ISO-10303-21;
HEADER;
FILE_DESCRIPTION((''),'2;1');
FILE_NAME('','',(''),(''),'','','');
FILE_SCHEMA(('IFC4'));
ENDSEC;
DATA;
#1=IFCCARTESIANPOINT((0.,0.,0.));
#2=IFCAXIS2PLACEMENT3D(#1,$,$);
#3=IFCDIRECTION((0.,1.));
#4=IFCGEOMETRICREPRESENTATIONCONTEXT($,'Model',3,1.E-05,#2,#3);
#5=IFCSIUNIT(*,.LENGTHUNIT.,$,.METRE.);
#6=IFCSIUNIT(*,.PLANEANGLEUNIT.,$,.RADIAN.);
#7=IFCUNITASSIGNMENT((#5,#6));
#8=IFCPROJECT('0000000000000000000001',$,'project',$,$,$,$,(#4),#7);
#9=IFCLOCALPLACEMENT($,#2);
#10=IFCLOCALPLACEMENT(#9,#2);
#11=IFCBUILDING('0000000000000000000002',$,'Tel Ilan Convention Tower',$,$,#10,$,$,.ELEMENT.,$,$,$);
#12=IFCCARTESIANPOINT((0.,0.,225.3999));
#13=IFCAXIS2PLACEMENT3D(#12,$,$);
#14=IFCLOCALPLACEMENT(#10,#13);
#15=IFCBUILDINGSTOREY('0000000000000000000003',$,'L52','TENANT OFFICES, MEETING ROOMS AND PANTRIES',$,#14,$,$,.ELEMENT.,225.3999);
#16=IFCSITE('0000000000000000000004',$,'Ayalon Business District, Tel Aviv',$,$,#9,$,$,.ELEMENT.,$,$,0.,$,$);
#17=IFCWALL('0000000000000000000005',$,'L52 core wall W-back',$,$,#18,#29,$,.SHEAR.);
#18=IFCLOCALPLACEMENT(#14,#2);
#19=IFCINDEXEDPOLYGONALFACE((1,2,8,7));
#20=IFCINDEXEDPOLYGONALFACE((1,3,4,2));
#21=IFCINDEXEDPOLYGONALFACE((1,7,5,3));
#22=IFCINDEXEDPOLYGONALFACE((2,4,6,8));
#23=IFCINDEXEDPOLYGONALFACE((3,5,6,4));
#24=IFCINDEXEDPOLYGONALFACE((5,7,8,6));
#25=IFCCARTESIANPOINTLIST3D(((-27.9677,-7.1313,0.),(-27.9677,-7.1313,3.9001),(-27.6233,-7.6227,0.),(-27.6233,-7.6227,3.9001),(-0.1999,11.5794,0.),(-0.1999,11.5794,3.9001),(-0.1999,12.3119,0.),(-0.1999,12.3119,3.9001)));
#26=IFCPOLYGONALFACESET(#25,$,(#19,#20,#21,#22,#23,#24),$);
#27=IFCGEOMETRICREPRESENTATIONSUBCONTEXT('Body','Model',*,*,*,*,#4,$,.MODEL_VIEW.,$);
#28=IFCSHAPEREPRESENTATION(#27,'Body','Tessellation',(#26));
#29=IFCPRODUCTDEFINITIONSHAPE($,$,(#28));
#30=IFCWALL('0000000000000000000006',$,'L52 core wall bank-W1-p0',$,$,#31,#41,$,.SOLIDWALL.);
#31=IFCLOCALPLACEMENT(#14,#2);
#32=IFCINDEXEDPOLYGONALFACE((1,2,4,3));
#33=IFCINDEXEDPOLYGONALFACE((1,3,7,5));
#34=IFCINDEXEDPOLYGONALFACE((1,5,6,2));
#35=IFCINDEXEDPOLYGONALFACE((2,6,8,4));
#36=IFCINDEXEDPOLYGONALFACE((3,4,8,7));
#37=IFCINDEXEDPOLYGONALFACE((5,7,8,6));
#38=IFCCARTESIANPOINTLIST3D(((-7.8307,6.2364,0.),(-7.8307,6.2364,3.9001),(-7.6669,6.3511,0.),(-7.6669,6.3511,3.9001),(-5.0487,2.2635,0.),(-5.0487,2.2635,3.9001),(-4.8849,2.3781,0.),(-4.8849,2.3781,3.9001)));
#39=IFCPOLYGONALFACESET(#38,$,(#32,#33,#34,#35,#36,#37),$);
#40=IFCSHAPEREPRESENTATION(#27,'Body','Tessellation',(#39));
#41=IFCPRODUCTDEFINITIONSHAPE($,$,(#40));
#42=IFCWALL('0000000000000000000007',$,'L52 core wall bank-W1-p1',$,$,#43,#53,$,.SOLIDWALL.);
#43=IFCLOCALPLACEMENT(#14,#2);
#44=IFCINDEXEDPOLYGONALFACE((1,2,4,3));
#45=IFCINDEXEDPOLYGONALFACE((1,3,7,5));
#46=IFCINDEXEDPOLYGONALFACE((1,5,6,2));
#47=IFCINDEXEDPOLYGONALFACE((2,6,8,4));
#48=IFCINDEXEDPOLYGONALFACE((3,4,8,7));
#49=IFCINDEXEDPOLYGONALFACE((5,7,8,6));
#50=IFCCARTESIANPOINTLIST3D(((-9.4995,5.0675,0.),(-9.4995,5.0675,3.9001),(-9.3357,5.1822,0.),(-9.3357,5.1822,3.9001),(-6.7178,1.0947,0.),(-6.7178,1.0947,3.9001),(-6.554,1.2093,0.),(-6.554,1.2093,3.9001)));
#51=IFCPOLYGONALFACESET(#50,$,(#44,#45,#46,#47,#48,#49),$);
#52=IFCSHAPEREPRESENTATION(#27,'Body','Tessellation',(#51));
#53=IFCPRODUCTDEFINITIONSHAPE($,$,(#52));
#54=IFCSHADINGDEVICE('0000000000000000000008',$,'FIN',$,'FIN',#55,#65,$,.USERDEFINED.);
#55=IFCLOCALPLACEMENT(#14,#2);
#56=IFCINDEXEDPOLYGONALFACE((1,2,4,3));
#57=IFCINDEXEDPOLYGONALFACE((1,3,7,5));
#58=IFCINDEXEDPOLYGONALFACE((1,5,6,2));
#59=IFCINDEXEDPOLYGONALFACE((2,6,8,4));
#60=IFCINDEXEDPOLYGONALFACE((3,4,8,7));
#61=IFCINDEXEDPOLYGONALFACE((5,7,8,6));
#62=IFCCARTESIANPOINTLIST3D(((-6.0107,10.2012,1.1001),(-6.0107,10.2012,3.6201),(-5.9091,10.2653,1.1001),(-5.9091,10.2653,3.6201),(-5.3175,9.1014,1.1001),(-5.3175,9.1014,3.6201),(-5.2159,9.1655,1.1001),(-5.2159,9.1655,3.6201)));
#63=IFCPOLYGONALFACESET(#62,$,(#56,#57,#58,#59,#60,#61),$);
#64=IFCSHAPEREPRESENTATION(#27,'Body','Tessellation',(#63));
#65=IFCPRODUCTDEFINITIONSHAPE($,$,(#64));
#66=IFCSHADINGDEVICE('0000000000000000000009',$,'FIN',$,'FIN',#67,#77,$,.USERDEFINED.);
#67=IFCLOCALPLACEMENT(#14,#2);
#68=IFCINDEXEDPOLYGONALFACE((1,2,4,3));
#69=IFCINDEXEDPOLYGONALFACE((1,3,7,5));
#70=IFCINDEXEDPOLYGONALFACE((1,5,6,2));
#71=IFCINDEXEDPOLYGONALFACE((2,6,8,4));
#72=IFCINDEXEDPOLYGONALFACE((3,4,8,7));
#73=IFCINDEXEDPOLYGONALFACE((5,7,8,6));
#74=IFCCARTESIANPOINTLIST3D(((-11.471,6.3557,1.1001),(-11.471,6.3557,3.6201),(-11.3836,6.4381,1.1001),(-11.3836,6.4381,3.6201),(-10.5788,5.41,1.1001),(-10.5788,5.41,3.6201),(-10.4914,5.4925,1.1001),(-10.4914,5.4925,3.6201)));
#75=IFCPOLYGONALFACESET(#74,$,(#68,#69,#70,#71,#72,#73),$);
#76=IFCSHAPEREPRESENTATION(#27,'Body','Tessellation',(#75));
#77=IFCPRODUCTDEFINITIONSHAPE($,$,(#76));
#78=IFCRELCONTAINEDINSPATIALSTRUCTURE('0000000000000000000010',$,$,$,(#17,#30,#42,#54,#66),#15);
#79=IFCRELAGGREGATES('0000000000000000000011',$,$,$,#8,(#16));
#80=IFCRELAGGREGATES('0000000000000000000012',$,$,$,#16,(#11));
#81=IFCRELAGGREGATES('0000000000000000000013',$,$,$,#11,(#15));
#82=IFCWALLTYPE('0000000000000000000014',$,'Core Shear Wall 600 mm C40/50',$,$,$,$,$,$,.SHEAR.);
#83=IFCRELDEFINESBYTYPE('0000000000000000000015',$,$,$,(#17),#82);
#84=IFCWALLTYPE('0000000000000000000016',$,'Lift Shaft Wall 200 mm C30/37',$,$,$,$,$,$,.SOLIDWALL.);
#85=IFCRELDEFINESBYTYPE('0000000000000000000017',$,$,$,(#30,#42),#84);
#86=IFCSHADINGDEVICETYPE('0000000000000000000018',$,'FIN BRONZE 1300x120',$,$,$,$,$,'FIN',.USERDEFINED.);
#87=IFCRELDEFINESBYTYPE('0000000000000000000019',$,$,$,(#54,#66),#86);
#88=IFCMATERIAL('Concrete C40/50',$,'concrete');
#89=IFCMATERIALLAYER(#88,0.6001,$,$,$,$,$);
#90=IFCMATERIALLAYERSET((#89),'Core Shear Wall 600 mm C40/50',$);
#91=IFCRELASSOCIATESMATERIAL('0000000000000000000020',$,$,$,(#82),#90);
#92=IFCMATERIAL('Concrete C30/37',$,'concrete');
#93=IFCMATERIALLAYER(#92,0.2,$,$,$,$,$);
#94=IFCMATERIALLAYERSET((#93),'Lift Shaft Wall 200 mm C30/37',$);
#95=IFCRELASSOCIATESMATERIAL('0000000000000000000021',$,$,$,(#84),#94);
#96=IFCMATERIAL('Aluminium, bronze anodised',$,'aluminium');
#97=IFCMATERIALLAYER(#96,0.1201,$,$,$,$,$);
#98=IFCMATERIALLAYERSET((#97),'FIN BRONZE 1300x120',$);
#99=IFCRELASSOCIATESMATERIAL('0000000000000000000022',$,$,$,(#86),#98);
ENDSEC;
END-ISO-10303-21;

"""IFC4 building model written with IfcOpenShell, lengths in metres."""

from ifc_helpers import new_model, si_unit, direction, frame, frame_2d, origin, origin_2d, place, context, subcontext, project, spatial, polyline, rectangle, outline, extrude, material, layer, layer_set, type_object, element, save


model = new_model("IFC4")

# Units and contexts
model_context = context("Model", 3, precision=1e-05, world=origin(), true_north=direction((0.0, 1.0)))
body_context = subcontext(model_context, "Body", "Model", "MODEL_VIEW")
ifc_project = project(units=[si_unit("LENGTHUNIT", "METRE"), si_unit("PLANEANGLEUNIT", "RADIAN")], contexts=[model_context])

# Site, building, storey
site_placement = place(None, origin())
site = spatial("IfcSite", under=ifc_project, at=site_placement, Name="Ayalon Business District, Tel Aviv", CompositionType="ELEMENT", RefElevation=0.0)
building_placement = place(site_placement, origin())
building = spatial("IfcBuilding", under=site, at=building_placement, Name="Tel Ilan Convention Tower", CompositionType="ELEMENT")
storey_placement = place(building_placement, frame((0.0, 0.0, 225.3999)))
storey = spatial("IfcBuildingStorey", under=building, at=storey_placement, Name="L52", Description="TENANT OFFICES, MEETING ROOMS AND PANTRIES", CompositionType="ELEMENT", Elevation=225.3999)

# Walls
ifc_material_1 = material(Name="Concrete C40/50", Category="concrete")
ifc_layer_1 = layer(ifc_material_1, 0.6001)
ifc_layer_set_1 = layer_set([ifc_layer_1], Name="Core Shear Wall 600 mm C40/50")
wall_type_1 = type_object("IfcWallType", Name="Core Shear Wall 600 mm C40/50", PredefinedType="SHEAR", material=ifc_layer_set_1)
wall_1_placement = place(storey_placement, frame((-0.0278, 12.0662, 0.0), z_axis=(0.0, 0.0, 1.0), x_axis=(-0.819151, -0.573577, 0.0)))
element("IfcWall", 1, at=wall_1_placement, inside=storey, type_object=wall_type_1, Name="L52 core wall W-back", PredefinedType="SHEAR", context=body_context, shape_type="SweptSolid", body=[
    extrude(outline(polyline([(33.8979, 0.3), (0.4202, 0.3), (0.0, -0.3), (33.8982, -0.3), (33.8979, 0.3)])), origin(), (0.0, 0.0, 1.0), 3.9001),
])
ifc_material_2 = material(Name="Concrete C30/37", Category="concrete")
ifc_layer_2 = layer(ifc_material_2, 0.2)
ifc_layer_set_2 = layer_set([ifc_layer_2], Name="Lift Shaft Wall 200 mm C30/37")
wall_type_2 = type_object("IfcWallType", Name="Lift Shaft Wall 200 mm C30/37", PredefinedType="SOLIDWALL", material=ifc_layer_set_2)
wall_2_placement = place(storey_placement, frame((-4.9668, 2.3208, 0.0), z_axis=(0.0, 0.0, 1.0), x_axis=(-0.573594, 0.81914, 0.0)))
element("IfcWall", 2, at=wall_2_placement, inside=storey, type_object=wall_type_2, Name="L52 core wall bank-W1-p0", PredefinedType="SOLIDWALL", context=body_context, shape_type="SweptSolid", body=[
    extrude(rectangle(XDim=4.8501, YDim=0.2, at=frame_2d((2.425, 0.0))), origin(), (0.0, 0.0, 1.0), 3.9001),
])
wall_3_placement = place(storey_placement, frame((-6.636, 1.1521, 0.0), z_axis=(0.0, 0.0, 1.0), x_axis=(-0.57356, 0.819163, 0.0)))
element("IfcWall", 3, at=wall_3_placement, inside=storey, type_object=wall_type_2, Name="L52 core wall bank-W1-p1", PredefinedType="SOLIDWALL", context=body_context, shape_type="SweptSolid", body=[
    extrude(rectangle(XDim=4.8499, YDim=0.2, at=frame_2d((2.4248, 0.0))), origin(), (0.0, 0.0, 1.0), 3.9001),
])

# Shading devices
ifc_material_3 = material(Name="Aluminium, bronze anodised", Category="aluminium")
ifc_layer_3 = layer(ifc_material_3, 0.1201)
ifc_layer_set_3 = layer_set([ifc_layer_3], Name="FIN BRONZE 1300x120")
shading_device_type = type_object("IfcShadingDeviceType", Name="FIN BRONZE 1300x120", ElementType="FIN", PredefinedType="USERDEFINED", material=ifc_layer_set_3)
for number, where, z_axis, x_axis, name in (
    (4, (-5.6133, 9.6833, 1.1001), (0.0, 0.0, 1.0), (-0.533204, 0.845986, 0.0), "FIN"),
    (5, (-10.9812, 5.9241, 1.1001), (0.0, 0.0, 1.0), (-0.686242, 0.727374, 0.0), "FIN"),
):
    element("IfcShadingDevice", number, at=place(storey_placement, frame(where, z_axis=z_axis, x_axis=x_axis)), inside=storey, type_object=shading_device_type, Name=name, ObjectType="FIN", PredefinedType="USERDEFINED", context=body_context, shape_type="SweptSolid", body=[
        extrude(rectangle(XDim=1.3, YDim=0.1201, at=origin_2d()), origin(), (0.0, 0.0, 1.0), 2.52),
    ])

save(model, "model.ifc")
